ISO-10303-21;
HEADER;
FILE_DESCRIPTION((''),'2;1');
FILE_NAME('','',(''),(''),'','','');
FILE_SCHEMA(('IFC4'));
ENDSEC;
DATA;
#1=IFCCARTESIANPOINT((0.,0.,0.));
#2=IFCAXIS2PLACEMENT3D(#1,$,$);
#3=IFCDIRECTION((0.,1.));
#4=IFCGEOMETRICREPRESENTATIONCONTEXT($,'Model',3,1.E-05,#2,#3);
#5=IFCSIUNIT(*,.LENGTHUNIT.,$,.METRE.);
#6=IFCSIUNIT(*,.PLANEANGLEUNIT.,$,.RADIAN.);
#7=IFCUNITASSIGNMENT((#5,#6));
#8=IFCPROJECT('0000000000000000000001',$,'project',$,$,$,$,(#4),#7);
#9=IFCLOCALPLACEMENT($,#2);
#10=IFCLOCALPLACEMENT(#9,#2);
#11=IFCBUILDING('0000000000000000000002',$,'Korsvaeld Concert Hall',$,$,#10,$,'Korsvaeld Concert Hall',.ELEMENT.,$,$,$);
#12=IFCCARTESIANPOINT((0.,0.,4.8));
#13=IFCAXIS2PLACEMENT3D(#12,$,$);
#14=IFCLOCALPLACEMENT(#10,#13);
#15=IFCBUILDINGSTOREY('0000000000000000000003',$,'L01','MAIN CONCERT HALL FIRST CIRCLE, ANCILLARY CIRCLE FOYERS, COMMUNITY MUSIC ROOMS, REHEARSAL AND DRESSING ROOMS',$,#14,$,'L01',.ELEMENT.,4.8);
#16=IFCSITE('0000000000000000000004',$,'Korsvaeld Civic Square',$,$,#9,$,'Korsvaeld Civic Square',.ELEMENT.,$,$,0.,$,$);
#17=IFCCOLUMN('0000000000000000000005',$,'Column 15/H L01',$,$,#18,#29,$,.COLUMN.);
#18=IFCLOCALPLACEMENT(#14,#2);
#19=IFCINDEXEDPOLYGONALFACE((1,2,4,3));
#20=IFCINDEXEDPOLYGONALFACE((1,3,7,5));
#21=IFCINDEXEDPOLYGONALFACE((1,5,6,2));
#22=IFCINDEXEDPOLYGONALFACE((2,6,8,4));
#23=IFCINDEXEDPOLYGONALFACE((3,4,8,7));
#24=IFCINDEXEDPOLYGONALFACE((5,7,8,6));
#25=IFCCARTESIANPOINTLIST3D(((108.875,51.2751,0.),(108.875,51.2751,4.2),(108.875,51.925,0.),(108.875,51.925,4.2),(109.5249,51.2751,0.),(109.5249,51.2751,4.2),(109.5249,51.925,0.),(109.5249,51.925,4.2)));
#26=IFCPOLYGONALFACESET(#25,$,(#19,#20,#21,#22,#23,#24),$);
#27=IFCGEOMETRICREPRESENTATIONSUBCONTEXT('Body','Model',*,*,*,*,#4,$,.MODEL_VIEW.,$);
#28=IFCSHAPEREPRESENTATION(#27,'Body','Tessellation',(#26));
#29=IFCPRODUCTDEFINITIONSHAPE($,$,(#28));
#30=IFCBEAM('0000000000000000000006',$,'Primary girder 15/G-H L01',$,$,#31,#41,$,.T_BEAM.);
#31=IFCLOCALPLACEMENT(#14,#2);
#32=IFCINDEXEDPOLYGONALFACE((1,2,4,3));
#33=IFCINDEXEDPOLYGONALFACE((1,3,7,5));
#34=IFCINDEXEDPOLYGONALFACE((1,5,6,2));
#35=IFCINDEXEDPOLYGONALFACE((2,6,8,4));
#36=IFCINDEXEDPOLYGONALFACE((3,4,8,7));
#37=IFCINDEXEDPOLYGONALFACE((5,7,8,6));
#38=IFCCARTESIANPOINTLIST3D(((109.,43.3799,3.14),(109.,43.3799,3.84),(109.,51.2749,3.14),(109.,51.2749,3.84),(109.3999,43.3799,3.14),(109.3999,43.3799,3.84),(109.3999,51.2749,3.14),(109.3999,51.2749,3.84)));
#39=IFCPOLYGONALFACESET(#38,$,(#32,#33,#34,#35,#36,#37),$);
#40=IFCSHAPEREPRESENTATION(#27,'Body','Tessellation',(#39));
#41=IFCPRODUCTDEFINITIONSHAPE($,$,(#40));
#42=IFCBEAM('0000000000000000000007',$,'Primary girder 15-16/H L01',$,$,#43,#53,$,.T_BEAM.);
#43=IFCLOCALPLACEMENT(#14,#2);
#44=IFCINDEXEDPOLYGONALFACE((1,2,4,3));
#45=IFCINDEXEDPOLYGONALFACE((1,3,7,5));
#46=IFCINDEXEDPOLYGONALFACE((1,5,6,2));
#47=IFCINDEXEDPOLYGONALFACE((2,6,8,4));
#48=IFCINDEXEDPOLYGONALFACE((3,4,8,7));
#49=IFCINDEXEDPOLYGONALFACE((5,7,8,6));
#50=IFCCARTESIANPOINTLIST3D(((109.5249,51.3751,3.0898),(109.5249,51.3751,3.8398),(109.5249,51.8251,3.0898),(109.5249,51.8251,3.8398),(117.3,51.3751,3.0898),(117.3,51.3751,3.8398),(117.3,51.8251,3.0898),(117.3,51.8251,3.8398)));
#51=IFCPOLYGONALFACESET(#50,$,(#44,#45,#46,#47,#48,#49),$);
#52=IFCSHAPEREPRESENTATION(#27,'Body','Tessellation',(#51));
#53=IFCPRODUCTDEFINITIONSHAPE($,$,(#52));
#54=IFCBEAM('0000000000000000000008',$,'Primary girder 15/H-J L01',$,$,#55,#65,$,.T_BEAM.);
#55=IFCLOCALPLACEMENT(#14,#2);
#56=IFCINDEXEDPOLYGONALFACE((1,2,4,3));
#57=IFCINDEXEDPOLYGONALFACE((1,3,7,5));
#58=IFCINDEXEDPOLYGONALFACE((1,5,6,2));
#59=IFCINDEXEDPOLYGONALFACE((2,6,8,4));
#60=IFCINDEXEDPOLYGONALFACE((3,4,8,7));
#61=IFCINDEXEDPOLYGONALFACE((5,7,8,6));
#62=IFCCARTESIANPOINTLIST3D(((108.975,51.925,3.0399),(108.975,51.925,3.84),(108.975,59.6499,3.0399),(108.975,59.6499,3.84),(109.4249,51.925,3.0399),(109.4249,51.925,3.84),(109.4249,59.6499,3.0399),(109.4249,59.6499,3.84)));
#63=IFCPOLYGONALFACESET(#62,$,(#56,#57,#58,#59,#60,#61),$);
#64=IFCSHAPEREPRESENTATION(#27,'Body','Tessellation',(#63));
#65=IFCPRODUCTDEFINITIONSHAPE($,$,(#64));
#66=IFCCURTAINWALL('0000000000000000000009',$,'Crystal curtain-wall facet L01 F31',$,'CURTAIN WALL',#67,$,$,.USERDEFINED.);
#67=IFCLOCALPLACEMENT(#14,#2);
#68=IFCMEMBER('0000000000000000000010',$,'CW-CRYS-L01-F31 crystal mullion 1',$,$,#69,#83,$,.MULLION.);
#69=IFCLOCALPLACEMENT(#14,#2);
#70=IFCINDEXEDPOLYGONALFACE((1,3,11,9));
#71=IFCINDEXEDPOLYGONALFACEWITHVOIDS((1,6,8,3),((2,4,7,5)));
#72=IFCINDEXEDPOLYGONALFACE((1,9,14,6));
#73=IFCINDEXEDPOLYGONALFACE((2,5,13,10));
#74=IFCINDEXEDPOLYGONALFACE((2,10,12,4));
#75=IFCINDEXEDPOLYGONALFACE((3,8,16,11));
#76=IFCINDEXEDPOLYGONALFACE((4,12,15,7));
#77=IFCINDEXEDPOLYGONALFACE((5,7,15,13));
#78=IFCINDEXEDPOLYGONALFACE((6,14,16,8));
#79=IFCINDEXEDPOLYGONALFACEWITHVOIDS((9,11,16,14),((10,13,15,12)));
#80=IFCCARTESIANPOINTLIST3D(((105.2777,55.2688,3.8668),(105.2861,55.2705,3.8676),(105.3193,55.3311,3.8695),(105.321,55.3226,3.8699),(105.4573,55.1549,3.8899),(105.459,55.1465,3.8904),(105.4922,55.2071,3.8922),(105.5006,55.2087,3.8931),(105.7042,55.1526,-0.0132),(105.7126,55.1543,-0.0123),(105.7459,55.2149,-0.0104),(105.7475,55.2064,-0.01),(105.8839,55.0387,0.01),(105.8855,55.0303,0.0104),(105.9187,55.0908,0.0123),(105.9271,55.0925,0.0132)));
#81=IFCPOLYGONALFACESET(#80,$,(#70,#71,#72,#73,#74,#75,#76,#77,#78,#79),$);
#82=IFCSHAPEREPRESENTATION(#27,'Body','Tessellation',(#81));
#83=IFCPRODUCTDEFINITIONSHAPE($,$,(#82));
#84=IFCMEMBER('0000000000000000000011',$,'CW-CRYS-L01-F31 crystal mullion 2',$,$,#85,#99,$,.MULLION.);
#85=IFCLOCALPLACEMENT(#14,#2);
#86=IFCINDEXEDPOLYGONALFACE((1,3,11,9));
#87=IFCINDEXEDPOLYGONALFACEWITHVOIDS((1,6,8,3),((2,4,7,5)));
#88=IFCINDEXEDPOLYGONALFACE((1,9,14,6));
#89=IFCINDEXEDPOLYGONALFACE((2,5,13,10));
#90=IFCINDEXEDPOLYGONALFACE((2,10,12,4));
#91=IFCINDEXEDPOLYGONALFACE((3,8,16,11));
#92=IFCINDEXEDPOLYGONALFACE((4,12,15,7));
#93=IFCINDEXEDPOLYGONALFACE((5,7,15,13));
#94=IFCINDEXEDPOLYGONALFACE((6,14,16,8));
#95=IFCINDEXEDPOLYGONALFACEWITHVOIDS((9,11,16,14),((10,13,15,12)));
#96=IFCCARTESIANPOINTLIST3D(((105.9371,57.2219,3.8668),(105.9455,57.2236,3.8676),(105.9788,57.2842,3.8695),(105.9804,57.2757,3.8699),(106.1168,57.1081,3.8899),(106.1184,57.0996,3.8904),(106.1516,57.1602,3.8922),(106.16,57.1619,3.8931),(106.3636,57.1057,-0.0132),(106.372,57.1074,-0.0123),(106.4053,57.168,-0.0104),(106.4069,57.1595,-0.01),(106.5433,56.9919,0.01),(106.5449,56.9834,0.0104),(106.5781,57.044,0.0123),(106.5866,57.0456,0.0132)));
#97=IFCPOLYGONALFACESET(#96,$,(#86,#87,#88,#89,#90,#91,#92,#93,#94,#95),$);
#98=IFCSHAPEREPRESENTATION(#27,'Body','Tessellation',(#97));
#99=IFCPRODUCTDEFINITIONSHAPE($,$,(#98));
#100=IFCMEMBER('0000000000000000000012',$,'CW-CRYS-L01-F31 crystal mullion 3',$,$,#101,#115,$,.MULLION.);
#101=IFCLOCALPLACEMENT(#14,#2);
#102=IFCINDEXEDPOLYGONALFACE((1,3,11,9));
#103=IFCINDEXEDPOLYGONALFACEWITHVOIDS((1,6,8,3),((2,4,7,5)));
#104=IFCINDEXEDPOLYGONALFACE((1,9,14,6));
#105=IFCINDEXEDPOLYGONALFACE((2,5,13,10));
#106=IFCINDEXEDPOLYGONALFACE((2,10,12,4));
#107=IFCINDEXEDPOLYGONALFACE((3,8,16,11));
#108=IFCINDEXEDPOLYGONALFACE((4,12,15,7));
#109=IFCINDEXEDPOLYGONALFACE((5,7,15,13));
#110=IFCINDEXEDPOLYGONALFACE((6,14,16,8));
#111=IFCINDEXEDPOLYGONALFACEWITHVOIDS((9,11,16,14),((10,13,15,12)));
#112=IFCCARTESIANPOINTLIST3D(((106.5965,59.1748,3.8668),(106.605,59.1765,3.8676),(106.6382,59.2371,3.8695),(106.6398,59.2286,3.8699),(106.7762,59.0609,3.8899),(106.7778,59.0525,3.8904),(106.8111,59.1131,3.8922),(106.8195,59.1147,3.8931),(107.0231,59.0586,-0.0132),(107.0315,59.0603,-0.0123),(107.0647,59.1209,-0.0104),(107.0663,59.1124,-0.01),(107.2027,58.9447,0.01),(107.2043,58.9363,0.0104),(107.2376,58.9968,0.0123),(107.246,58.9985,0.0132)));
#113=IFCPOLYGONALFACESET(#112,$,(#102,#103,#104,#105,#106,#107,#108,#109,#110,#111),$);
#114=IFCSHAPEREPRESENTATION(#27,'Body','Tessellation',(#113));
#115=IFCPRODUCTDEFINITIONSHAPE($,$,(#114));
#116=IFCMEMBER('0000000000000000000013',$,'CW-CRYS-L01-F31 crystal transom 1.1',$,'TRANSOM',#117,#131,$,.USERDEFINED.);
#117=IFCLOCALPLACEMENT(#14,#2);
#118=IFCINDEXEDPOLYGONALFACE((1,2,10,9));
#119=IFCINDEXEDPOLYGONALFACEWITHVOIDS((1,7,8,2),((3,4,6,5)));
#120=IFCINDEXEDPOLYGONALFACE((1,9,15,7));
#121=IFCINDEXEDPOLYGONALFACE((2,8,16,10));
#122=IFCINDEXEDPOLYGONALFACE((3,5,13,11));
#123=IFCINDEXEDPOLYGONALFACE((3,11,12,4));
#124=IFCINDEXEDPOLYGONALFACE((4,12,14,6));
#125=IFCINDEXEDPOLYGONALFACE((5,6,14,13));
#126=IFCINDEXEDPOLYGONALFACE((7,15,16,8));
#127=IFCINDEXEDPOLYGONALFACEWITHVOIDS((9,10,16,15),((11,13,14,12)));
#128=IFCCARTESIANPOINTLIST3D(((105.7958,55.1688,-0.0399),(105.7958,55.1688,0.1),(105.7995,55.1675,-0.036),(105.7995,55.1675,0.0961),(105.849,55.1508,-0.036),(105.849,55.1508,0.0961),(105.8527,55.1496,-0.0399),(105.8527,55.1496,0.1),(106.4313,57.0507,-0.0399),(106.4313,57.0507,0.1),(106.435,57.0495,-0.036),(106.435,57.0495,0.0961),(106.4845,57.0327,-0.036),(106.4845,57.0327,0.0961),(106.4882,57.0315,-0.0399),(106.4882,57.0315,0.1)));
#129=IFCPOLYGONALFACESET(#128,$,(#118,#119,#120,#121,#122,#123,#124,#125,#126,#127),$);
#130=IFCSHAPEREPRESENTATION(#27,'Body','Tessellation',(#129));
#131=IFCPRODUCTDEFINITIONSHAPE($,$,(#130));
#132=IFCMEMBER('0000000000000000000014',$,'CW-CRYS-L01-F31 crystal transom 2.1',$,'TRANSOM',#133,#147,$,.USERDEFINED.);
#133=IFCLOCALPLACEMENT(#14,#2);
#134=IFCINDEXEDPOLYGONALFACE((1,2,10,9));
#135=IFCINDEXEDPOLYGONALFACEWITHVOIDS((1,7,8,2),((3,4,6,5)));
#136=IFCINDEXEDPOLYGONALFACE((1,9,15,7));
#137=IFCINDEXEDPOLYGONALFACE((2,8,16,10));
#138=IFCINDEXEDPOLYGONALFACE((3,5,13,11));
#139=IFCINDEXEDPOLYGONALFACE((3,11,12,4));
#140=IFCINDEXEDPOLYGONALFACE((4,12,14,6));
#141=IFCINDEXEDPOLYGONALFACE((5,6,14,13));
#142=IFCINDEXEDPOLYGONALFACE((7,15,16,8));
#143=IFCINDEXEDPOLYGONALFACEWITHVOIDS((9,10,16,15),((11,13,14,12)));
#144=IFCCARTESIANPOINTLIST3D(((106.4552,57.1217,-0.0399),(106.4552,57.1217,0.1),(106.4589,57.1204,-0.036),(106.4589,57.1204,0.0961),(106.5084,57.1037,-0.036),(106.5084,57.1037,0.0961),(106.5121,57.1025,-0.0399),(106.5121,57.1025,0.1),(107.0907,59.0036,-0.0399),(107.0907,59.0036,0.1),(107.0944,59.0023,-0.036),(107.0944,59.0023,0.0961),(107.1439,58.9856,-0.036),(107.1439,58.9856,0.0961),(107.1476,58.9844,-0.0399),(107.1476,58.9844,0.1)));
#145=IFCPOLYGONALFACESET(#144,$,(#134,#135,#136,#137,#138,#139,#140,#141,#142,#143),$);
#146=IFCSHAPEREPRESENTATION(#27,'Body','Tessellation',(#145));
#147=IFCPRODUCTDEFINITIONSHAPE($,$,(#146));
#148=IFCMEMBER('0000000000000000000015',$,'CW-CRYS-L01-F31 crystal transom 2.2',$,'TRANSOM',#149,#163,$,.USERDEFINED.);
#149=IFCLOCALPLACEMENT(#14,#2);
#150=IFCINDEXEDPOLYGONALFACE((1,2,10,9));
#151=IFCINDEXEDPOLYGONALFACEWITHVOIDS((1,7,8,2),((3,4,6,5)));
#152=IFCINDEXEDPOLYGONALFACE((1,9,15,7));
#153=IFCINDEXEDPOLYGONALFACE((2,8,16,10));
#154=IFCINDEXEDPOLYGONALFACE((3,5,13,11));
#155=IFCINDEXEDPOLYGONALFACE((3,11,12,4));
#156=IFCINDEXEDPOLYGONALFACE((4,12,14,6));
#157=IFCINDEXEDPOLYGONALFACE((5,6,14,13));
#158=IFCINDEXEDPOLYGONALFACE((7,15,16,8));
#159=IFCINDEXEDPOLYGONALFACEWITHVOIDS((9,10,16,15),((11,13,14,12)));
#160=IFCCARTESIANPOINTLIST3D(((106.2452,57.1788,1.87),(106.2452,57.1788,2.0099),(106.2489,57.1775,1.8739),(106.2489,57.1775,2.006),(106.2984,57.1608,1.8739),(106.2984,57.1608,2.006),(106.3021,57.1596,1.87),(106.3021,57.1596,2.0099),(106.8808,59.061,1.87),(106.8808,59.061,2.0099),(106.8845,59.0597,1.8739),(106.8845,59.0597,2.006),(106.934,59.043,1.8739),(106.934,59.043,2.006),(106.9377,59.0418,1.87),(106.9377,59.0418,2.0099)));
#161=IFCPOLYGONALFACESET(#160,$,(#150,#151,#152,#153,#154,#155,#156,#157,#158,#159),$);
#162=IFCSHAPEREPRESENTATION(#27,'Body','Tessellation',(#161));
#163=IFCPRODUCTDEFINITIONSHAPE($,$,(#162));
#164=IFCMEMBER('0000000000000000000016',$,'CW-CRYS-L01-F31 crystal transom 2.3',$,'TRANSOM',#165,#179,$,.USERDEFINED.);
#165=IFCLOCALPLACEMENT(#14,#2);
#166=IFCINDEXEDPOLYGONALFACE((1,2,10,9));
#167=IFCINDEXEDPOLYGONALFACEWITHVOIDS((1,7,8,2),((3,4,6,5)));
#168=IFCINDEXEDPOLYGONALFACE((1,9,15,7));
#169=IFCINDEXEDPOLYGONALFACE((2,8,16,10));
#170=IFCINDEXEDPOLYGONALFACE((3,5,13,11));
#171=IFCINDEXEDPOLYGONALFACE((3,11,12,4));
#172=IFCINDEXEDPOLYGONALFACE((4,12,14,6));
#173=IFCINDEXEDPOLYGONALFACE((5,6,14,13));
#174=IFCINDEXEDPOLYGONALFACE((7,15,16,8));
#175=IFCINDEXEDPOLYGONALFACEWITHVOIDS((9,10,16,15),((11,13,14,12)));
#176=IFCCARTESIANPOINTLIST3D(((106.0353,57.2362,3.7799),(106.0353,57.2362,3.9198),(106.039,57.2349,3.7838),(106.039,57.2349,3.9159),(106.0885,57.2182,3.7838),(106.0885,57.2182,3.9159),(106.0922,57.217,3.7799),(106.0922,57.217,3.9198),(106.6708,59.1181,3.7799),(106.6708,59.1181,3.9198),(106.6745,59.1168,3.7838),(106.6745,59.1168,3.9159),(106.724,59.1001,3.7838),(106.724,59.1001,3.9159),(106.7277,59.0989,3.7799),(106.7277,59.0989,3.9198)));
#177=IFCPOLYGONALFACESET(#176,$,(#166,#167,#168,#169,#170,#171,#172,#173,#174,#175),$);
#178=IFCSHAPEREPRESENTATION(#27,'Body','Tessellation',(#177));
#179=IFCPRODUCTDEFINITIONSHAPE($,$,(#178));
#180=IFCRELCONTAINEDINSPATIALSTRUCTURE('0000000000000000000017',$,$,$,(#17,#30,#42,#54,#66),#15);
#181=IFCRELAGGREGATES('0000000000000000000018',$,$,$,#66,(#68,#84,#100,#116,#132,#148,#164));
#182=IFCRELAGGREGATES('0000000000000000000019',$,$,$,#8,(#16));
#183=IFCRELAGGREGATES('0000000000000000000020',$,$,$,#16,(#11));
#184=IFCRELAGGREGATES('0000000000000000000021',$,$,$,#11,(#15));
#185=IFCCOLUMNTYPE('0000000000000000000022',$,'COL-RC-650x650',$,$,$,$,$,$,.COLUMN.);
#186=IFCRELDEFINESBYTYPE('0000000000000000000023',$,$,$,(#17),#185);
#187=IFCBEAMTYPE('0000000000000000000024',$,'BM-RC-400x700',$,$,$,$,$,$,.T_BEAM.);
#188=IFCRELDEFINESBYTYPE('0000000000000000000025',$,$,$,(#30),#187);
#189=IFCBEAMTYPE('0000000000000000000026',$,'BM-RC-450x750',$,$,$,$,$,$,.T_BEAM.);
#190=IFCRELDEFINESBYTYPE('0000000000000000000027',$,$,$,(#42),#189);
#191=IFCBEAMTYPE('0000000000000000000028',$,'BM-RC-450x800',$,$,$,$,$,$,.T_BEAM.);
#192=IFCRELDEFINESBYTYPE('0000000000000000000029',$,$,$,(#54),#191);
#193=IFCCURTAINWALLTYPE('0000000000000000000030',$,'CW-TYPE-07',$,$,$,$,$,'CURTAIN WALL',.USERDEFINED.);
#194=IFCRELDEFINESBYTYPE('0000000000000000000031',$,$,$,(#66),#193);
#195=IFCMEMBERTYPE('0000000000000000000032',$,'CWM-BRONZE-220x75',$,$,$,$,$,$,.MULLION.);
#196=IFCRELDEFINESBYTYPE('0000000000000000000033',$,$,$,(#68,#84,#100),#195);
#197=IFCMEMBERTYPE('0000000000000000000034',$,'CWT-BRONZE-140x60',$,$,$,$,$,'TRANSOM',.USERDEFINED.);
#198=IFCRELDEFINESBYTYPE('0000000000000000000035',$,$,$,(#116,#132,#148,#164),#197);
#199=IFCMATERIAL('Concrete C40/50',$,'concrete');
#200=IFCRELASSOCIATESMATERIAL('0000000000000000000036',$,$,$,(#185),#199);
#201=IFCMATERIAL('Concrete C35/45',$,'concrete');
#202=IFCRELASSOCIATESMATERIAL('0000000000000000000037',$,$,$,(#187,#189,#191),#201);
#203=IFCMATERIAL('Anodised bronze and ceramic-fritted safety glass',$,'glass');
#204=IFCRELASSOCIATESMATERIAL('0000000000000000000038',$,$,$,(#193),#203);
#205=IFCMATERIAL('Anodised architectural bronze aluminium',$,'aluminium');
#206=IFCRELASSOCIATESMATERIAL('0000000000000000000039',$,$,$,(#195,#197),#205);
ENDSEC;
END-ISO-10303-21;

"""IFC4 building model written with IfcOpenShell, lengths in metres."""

from ifc_helpers import new_model, si_unit, direction, frame, origin, origin_2d, place, context, subcontext, project, spatial, rectangle, hollow_rectangle, extrude, material, material_profile, profile_set, type_object, element, aggregate, save


model = new_model("IFC4")

# Units and contexts
model_context = context("Model", 3, precision=1e-05, world=origin(), true_north=direction((0.0, 1.0)))
body_context = subcontext(model_context, "Body", "Model", "MODEL_VIEW")
ifc_project = project(units=[si_unit("LENGTHUNIT", "METRE"), si_unit("PLANEANGLEUNIT", "RADIAN")], contexts=[model_context])

# Site, building, storey
site_placement = place(None, origin())
site = spatial("IfcSite", under=ifc_project, at=site_placement, Name="Korsvaeld Civic Square", LongName="Korsvaeld Civic Square", CompositionType="ELEMENT", RefElevation=0.0)
building_placement = place(site_placement, origin())
building = spatial("IfcBuilding", under=site, at=building_placement, Name="Korsvaeld Concert Hall", LongName="Korsvaeld Concert Hall", CompositionType="ELEMENT")
storey_placement = place(building_placement, frame((0.0, 0.0, 4.8)))
storey = spatial("IfcBuildingStorey", under=building, at=storey_placement, Name="L01", Description="MAIN CONCERT HALL FIRST CIRCLE, ANCILLARY CIRCLE FOYERS, COMMUNITY MUSIC ROOMS, REHEARSAL AND DRESSING ROOMS", LongName="L01", CompositionType="ELEMENT", Elevation=4.8)

# Column
ifc_material_1 = material(Name="Concrete C40/50", Category="concrete")
ifc_material_profile_1 = material_profile(ifc_material_1, rectangle(XDim=0.6499, YDim=0.6499, at=origin_2d()), Name="RC 650x650")
ifc_profile_set_1 = profile_set([ifc_material_profile_1], Name="Concrete C40/50")
column_type = type_object("IfcColumnType", Name="COL-RC-650x650", PredefinedType="COLUMN", material=ifc_profile_set_1)
column_placement = place(storey_placement, frame((109.2, 51.6001, 0.0), z_axis=(0.0, 0.0, 1.0), x_axis=(1.0, 0.0, 0.0)))
element("IfcColumn", 1, at=column_placement, inside=storey, type_object=column_type, Name="Column 15/H L01", PredefinedType="COLUMN", context=body_context, shape_type="SweptSolid", body=[
    extrude(rectangle(XDim=0.6499, YDim=0.6499, at=origin_2d()), origin(), (0.0, 0.0, 1.0), 4.2),
])

# Beams
ifc_material_2 = material(Name="Concrete C35/45", Category="concrete")
ifc_material_profile_2 = material_profile(ifc_material_2, rectangle(XDim=0.3999, YDim=0.7, at=origin_2d()), Name="RC 400x700")
ifc_profile_set_2 = profile_set([ifc_material_profile_2], Name="Concrete C35/45")
beam_type_1 = type_object("IfcBeamType", Name="BM-RC-400x700", PredefinedType="T_BEAM", material=ifc_profile_set_2)
beam_1_placement = place(storey_placement, frame((109.2, 43.3799, 3.49), z_axis=(0.0, 1.0, 0.0), x_axis=(-1.0, 0.0, 0.0)))
element("IfcBeam", 2, at=beam_1_placement, inside=storey, type_object=beam_type_1, Name="Primary girder 15/G-H L01", PredefinedType="T_BEAM", context=body_context, shape_type="SweptSolid", body=[
    extrude(rectangle(XDim=0.3999, YDim=0.7, at=origin_2d()), origin(), (0.0, 0.0, 1.0), 7.895),
])
ifc_material_profile_3 = material_profile(ifc_material_2, rectangle(XDim=0.45, YDim=0.75, at=origin_2d()), Name="RC 450x750")
ifc_profile_set_3 = profile_set([ifc_material_profile_3], Name="Concrete C35/45")
beam_type_2 = type_object("IfcBeamType", Name="BM-RC-450x750", PredefinedType="T_BEAM", material=ifc_profile_set_3)
beam_2_placement = place(storey_placement, frame((109.5249, 51.6001, 3.4648), z_axis=(1.0, 0.0, 0.0), x_axis=(0.0, 1.0, 0.0)))
element("IfcBeam", 3, at=beam_2_placement, inside=storey, type_object=beam_type_2, Name="Primary girder 15-16/H L01", PredefinedType="T_BEAM", context=body_context, shape_type="SweptSolid", body=[
    extrude(rectangle(XDim=0.45, YDim=0.75, at=origin_2d()), origin(), (0.0, 0.0, 1.0), 7.7751),
])
ifc_material_profile_4 = material_profile(ifc_material_2, rectangle(XDim=0.45, YDim=0.8, at=origin_2d()), Name="RC 450x800")
ifc_profile_set_4 = profile_set([ifc_material_profile_4], Name="Concrete C35/45")
beam_type_3 = type_object("IfcBeamType", Name="BM-RC-450x800", PredefinedType="T_BEAM", material=ifc_profile_set_4)
beam_3_placement = place(storey_placement, frame((109.2, 51.925, 3.4399), z_axis=(0.0, 1.0, 0.0), x_axis=(-1.0, 0.0, 0.0)))
element("IfcBeam", 4, at=beam_3_placement, inside=storey, type_object=beam_type_3, Name="Primary girder 15/H-J L01", PredefinedType="T_BEAM", context=body_context, shape_type="SweptSolid", body=[
    extrude(rectangle(XDim=0.45, YDim=0.8, at=origin_2d()), origin(), (0.0, 0.0, 1.0), 7.7249),
])

# Curtain wall, members
ifc_material_3 = material(Name="Anodised bronze and ceramic-fritted safety glass", Category="glass")
curtain_wall_type = type_object("IfcCurtainWallType", Name="CW-TYPE-07", ElementType="CURTAIN WALL", PredefinedType="USERDEFINED", material=ifc_material_3)
curtain_wall_placement = place(storey_placement, origin())
curtain_wall = element("IfcCurtainWall", 5, at=curtain_wall_placement, inside=storey, type_object=curtain_wall_type, Name="Crystal curtain-wall facet L01 F31", ObjectType="CURTAIN WALL", PredefinedType="USERDEFINED")
ifc_material_4 = material(Name="Anodised architectural bronze aluminium", Category="aluminium")
ifc_material_profile_5 = material_profile(ifc_material_4, hollow_rectangle(XDim=0.075, YDim=0.22, WallThickness=0.0061, at=origin_2d()), Name="CWM 220x75x6")
ifc_profile_set_5 = profile_set([ifc_material_profile_5], Name="Anodised architectural bronze aluminium")
member_type_1 = type_object("IfcMemberType", Name="CWM-BRONZE-220x75", PredefinedType="MULLION", material=ifc_profile_set_5)
member_1_placement = place(storey_placement, frame((105.8157, 55.1226, 0.0), z_axis=(-0.109223, 0.02976, 0.993572), x_axis=(0.555751, 0.830559, 0.036216)))
member_1 = element("IfcMember", 6, at=member_1_placement, type_object=member_type_1, Name="CW-CRYS-L01-F31 crystal mullion 1", PredefinedType="MULLION", context=body_context, shape_type="SweptSolid", body=[
    extrude(hollow_rectangle(XDim=0.075, YDim=0.22, WallThickness=0.0061, at=origin_2d()), origin(), (0.0, 0.0, 1.0), 3.905),
])
member_2_placement = place(storey_placement, frame((106.4751, 57.0757, 0.0), z_axis=(-0.109223, 0.02976, 0.993572), x_axis=(0.555751, 0.830559, 0.036216)))
member_2 = element("IfcMember", 7, at=member_2_placement, type_object=member_type_1, Name="CW-CRYS-L01-F31 crystal mullion 2", PredefinedType="MULLION", context=body_context, shape_type="SweptSolid", body=[
    extrude(hollow_rectangle(XDim=0.075, YDim=0.22, WallThickness=0.0061, at=origin_2d()), origin(), (0.0, 0.0, 1.0), 3.905),
])
member_3_placement = place(storey_placement, frame((107.1345, 59.0286, 0.0), z_axis=(-0.109223, 0.02976, 0.993572), x_axis=(0.555751, 0.830559, 0.036216)))
member_3 = element("IfcMember", 8, at=member_3_placement, type_object=member_type_1, Name="CW-CRYS-L01-F31 crystal mullion 3", PredefinedType="MULLION", context=body_context, shape_type="SweptSolid", body=[
    extrude(hollow_rectangle(XDim=0.075, YDim=0.22, WallThickness=0.0061, at=origin_2d()), origin(), (0.0, 0.0, 1.0), 3.905),
])
ifc_material_profile_6 = material_profile(ifc_material_4, hollow_rectangle(XDim=0.0601, YDim=0.1399, WallThickness=0.0039, at=origin_2d()), Name="CWT 140x60x4")
ifc_profile_set_6 = profile_set([ifc_material_profile_6], Name="Anodised architectural bronze aluminium")
member_type_2 = type_object("IfcMemberType", Name="CWT-BRONZE-140x60", ElementType="TRANSOM", PredefinedType="USERDEFINED", material=ifc_profile_set_6)
member_4_placement = place(storey_placement, frame((105.8242, 55.1592, 0.03), z_axis=(0.31995, 0.947435, 0.0), x_axis=(-0.947435, 0.31995, 0.0)))
member_4 = element("IfcMember", 9, at=member_4_placement, type_object=member_type_2, Name="CW-CRYS-L01-F31 crystal transom 1.1", ObjectType="TRANSOM", PredefinedType="USERDEFINED", context=body_context, shape_type="SweptSolid", body=[
    extrude(hollow_rectangle(XDim=0.0601, YDim=0.1399, WallThickness=0.0039, at=origin_2d()), origin(), (0.0, 0.0, 1.0), 1.9863),
])
member_5_placement = place(storey_placement, frame((106.4836, 57.1121, 0.03), z_axis=(0.31995, 0.947435, 0.0), x_axis=(-0.947435, 0.31995, 0.0)))
member_5 = element("IfcMember", 10, at=member_5_placement, type_object=member_type_2, Name="CW-CRYS-L01-F31 crystal transom 2.1", ObjectType="TRANSOM", PredefinedType="USERDEFINED", context=body_context, shape_type="SweptSolid", body=[
    extrude(hollow_rectangle(XDim=0.0601, YDim=0.1399, WallThickness=0.0039, at=origin_2d()), origin(), (0.0, 0.0, 1.0), 1.9863),
])
member_6_placement = place(storey_placement, frame((106.2737, 57.1692, 1.9399), z_axis=(0.319912, 0.947447, 0.0), x_axis=(-0.947447, 0.319912, 0.0)))
member_6 = element("IfcMember", 11, at=member_6_placement, type_object=member_type_2, Name="CW-CRYS-L01-F31 crystal transom 2.2", ObjectType="TRANSOM", PredefinedType="USERDEFINED", context=body_context, shape_type="SweptSolid", body=[
    extrude(hollow_rectangle(XDim=0.0601, YDim=0.1399, WallThickness=0.0039, at=origin_2d()), origin(), (0.0, 0.0, 1.0), 1.9866),
])
member_7_placement = place(storey_placement, frame((106.0637, 57.2266, 3.8499), z_axis=(0.31995, 0.947435, 0.0), x_axis=(-0.947435, 0.31995, 0.0)))
member_7 = element("IfcMember", 12, at=member_7_placement, type_object=member_type_2, Name="CW-CRYS-L01-F31 crystal transom 2.3", ObjectType="TRANSOM", PredefinedType="USERDEFINED", context=body_context, shape_type="SweptSolid", body=[
    extrude(hollow_rectangle(XDim=0.0601, YDim=0.1399, WallThickness=0.0039, at=origin_2d()), origin(), (0.0, 0.0, 1.0), 1.9863),
])
aggregate(curtain_wall, [member_1, member_2, member_3, member_4, member_5, member_6, member_7])

save(model, "model.ifc")
